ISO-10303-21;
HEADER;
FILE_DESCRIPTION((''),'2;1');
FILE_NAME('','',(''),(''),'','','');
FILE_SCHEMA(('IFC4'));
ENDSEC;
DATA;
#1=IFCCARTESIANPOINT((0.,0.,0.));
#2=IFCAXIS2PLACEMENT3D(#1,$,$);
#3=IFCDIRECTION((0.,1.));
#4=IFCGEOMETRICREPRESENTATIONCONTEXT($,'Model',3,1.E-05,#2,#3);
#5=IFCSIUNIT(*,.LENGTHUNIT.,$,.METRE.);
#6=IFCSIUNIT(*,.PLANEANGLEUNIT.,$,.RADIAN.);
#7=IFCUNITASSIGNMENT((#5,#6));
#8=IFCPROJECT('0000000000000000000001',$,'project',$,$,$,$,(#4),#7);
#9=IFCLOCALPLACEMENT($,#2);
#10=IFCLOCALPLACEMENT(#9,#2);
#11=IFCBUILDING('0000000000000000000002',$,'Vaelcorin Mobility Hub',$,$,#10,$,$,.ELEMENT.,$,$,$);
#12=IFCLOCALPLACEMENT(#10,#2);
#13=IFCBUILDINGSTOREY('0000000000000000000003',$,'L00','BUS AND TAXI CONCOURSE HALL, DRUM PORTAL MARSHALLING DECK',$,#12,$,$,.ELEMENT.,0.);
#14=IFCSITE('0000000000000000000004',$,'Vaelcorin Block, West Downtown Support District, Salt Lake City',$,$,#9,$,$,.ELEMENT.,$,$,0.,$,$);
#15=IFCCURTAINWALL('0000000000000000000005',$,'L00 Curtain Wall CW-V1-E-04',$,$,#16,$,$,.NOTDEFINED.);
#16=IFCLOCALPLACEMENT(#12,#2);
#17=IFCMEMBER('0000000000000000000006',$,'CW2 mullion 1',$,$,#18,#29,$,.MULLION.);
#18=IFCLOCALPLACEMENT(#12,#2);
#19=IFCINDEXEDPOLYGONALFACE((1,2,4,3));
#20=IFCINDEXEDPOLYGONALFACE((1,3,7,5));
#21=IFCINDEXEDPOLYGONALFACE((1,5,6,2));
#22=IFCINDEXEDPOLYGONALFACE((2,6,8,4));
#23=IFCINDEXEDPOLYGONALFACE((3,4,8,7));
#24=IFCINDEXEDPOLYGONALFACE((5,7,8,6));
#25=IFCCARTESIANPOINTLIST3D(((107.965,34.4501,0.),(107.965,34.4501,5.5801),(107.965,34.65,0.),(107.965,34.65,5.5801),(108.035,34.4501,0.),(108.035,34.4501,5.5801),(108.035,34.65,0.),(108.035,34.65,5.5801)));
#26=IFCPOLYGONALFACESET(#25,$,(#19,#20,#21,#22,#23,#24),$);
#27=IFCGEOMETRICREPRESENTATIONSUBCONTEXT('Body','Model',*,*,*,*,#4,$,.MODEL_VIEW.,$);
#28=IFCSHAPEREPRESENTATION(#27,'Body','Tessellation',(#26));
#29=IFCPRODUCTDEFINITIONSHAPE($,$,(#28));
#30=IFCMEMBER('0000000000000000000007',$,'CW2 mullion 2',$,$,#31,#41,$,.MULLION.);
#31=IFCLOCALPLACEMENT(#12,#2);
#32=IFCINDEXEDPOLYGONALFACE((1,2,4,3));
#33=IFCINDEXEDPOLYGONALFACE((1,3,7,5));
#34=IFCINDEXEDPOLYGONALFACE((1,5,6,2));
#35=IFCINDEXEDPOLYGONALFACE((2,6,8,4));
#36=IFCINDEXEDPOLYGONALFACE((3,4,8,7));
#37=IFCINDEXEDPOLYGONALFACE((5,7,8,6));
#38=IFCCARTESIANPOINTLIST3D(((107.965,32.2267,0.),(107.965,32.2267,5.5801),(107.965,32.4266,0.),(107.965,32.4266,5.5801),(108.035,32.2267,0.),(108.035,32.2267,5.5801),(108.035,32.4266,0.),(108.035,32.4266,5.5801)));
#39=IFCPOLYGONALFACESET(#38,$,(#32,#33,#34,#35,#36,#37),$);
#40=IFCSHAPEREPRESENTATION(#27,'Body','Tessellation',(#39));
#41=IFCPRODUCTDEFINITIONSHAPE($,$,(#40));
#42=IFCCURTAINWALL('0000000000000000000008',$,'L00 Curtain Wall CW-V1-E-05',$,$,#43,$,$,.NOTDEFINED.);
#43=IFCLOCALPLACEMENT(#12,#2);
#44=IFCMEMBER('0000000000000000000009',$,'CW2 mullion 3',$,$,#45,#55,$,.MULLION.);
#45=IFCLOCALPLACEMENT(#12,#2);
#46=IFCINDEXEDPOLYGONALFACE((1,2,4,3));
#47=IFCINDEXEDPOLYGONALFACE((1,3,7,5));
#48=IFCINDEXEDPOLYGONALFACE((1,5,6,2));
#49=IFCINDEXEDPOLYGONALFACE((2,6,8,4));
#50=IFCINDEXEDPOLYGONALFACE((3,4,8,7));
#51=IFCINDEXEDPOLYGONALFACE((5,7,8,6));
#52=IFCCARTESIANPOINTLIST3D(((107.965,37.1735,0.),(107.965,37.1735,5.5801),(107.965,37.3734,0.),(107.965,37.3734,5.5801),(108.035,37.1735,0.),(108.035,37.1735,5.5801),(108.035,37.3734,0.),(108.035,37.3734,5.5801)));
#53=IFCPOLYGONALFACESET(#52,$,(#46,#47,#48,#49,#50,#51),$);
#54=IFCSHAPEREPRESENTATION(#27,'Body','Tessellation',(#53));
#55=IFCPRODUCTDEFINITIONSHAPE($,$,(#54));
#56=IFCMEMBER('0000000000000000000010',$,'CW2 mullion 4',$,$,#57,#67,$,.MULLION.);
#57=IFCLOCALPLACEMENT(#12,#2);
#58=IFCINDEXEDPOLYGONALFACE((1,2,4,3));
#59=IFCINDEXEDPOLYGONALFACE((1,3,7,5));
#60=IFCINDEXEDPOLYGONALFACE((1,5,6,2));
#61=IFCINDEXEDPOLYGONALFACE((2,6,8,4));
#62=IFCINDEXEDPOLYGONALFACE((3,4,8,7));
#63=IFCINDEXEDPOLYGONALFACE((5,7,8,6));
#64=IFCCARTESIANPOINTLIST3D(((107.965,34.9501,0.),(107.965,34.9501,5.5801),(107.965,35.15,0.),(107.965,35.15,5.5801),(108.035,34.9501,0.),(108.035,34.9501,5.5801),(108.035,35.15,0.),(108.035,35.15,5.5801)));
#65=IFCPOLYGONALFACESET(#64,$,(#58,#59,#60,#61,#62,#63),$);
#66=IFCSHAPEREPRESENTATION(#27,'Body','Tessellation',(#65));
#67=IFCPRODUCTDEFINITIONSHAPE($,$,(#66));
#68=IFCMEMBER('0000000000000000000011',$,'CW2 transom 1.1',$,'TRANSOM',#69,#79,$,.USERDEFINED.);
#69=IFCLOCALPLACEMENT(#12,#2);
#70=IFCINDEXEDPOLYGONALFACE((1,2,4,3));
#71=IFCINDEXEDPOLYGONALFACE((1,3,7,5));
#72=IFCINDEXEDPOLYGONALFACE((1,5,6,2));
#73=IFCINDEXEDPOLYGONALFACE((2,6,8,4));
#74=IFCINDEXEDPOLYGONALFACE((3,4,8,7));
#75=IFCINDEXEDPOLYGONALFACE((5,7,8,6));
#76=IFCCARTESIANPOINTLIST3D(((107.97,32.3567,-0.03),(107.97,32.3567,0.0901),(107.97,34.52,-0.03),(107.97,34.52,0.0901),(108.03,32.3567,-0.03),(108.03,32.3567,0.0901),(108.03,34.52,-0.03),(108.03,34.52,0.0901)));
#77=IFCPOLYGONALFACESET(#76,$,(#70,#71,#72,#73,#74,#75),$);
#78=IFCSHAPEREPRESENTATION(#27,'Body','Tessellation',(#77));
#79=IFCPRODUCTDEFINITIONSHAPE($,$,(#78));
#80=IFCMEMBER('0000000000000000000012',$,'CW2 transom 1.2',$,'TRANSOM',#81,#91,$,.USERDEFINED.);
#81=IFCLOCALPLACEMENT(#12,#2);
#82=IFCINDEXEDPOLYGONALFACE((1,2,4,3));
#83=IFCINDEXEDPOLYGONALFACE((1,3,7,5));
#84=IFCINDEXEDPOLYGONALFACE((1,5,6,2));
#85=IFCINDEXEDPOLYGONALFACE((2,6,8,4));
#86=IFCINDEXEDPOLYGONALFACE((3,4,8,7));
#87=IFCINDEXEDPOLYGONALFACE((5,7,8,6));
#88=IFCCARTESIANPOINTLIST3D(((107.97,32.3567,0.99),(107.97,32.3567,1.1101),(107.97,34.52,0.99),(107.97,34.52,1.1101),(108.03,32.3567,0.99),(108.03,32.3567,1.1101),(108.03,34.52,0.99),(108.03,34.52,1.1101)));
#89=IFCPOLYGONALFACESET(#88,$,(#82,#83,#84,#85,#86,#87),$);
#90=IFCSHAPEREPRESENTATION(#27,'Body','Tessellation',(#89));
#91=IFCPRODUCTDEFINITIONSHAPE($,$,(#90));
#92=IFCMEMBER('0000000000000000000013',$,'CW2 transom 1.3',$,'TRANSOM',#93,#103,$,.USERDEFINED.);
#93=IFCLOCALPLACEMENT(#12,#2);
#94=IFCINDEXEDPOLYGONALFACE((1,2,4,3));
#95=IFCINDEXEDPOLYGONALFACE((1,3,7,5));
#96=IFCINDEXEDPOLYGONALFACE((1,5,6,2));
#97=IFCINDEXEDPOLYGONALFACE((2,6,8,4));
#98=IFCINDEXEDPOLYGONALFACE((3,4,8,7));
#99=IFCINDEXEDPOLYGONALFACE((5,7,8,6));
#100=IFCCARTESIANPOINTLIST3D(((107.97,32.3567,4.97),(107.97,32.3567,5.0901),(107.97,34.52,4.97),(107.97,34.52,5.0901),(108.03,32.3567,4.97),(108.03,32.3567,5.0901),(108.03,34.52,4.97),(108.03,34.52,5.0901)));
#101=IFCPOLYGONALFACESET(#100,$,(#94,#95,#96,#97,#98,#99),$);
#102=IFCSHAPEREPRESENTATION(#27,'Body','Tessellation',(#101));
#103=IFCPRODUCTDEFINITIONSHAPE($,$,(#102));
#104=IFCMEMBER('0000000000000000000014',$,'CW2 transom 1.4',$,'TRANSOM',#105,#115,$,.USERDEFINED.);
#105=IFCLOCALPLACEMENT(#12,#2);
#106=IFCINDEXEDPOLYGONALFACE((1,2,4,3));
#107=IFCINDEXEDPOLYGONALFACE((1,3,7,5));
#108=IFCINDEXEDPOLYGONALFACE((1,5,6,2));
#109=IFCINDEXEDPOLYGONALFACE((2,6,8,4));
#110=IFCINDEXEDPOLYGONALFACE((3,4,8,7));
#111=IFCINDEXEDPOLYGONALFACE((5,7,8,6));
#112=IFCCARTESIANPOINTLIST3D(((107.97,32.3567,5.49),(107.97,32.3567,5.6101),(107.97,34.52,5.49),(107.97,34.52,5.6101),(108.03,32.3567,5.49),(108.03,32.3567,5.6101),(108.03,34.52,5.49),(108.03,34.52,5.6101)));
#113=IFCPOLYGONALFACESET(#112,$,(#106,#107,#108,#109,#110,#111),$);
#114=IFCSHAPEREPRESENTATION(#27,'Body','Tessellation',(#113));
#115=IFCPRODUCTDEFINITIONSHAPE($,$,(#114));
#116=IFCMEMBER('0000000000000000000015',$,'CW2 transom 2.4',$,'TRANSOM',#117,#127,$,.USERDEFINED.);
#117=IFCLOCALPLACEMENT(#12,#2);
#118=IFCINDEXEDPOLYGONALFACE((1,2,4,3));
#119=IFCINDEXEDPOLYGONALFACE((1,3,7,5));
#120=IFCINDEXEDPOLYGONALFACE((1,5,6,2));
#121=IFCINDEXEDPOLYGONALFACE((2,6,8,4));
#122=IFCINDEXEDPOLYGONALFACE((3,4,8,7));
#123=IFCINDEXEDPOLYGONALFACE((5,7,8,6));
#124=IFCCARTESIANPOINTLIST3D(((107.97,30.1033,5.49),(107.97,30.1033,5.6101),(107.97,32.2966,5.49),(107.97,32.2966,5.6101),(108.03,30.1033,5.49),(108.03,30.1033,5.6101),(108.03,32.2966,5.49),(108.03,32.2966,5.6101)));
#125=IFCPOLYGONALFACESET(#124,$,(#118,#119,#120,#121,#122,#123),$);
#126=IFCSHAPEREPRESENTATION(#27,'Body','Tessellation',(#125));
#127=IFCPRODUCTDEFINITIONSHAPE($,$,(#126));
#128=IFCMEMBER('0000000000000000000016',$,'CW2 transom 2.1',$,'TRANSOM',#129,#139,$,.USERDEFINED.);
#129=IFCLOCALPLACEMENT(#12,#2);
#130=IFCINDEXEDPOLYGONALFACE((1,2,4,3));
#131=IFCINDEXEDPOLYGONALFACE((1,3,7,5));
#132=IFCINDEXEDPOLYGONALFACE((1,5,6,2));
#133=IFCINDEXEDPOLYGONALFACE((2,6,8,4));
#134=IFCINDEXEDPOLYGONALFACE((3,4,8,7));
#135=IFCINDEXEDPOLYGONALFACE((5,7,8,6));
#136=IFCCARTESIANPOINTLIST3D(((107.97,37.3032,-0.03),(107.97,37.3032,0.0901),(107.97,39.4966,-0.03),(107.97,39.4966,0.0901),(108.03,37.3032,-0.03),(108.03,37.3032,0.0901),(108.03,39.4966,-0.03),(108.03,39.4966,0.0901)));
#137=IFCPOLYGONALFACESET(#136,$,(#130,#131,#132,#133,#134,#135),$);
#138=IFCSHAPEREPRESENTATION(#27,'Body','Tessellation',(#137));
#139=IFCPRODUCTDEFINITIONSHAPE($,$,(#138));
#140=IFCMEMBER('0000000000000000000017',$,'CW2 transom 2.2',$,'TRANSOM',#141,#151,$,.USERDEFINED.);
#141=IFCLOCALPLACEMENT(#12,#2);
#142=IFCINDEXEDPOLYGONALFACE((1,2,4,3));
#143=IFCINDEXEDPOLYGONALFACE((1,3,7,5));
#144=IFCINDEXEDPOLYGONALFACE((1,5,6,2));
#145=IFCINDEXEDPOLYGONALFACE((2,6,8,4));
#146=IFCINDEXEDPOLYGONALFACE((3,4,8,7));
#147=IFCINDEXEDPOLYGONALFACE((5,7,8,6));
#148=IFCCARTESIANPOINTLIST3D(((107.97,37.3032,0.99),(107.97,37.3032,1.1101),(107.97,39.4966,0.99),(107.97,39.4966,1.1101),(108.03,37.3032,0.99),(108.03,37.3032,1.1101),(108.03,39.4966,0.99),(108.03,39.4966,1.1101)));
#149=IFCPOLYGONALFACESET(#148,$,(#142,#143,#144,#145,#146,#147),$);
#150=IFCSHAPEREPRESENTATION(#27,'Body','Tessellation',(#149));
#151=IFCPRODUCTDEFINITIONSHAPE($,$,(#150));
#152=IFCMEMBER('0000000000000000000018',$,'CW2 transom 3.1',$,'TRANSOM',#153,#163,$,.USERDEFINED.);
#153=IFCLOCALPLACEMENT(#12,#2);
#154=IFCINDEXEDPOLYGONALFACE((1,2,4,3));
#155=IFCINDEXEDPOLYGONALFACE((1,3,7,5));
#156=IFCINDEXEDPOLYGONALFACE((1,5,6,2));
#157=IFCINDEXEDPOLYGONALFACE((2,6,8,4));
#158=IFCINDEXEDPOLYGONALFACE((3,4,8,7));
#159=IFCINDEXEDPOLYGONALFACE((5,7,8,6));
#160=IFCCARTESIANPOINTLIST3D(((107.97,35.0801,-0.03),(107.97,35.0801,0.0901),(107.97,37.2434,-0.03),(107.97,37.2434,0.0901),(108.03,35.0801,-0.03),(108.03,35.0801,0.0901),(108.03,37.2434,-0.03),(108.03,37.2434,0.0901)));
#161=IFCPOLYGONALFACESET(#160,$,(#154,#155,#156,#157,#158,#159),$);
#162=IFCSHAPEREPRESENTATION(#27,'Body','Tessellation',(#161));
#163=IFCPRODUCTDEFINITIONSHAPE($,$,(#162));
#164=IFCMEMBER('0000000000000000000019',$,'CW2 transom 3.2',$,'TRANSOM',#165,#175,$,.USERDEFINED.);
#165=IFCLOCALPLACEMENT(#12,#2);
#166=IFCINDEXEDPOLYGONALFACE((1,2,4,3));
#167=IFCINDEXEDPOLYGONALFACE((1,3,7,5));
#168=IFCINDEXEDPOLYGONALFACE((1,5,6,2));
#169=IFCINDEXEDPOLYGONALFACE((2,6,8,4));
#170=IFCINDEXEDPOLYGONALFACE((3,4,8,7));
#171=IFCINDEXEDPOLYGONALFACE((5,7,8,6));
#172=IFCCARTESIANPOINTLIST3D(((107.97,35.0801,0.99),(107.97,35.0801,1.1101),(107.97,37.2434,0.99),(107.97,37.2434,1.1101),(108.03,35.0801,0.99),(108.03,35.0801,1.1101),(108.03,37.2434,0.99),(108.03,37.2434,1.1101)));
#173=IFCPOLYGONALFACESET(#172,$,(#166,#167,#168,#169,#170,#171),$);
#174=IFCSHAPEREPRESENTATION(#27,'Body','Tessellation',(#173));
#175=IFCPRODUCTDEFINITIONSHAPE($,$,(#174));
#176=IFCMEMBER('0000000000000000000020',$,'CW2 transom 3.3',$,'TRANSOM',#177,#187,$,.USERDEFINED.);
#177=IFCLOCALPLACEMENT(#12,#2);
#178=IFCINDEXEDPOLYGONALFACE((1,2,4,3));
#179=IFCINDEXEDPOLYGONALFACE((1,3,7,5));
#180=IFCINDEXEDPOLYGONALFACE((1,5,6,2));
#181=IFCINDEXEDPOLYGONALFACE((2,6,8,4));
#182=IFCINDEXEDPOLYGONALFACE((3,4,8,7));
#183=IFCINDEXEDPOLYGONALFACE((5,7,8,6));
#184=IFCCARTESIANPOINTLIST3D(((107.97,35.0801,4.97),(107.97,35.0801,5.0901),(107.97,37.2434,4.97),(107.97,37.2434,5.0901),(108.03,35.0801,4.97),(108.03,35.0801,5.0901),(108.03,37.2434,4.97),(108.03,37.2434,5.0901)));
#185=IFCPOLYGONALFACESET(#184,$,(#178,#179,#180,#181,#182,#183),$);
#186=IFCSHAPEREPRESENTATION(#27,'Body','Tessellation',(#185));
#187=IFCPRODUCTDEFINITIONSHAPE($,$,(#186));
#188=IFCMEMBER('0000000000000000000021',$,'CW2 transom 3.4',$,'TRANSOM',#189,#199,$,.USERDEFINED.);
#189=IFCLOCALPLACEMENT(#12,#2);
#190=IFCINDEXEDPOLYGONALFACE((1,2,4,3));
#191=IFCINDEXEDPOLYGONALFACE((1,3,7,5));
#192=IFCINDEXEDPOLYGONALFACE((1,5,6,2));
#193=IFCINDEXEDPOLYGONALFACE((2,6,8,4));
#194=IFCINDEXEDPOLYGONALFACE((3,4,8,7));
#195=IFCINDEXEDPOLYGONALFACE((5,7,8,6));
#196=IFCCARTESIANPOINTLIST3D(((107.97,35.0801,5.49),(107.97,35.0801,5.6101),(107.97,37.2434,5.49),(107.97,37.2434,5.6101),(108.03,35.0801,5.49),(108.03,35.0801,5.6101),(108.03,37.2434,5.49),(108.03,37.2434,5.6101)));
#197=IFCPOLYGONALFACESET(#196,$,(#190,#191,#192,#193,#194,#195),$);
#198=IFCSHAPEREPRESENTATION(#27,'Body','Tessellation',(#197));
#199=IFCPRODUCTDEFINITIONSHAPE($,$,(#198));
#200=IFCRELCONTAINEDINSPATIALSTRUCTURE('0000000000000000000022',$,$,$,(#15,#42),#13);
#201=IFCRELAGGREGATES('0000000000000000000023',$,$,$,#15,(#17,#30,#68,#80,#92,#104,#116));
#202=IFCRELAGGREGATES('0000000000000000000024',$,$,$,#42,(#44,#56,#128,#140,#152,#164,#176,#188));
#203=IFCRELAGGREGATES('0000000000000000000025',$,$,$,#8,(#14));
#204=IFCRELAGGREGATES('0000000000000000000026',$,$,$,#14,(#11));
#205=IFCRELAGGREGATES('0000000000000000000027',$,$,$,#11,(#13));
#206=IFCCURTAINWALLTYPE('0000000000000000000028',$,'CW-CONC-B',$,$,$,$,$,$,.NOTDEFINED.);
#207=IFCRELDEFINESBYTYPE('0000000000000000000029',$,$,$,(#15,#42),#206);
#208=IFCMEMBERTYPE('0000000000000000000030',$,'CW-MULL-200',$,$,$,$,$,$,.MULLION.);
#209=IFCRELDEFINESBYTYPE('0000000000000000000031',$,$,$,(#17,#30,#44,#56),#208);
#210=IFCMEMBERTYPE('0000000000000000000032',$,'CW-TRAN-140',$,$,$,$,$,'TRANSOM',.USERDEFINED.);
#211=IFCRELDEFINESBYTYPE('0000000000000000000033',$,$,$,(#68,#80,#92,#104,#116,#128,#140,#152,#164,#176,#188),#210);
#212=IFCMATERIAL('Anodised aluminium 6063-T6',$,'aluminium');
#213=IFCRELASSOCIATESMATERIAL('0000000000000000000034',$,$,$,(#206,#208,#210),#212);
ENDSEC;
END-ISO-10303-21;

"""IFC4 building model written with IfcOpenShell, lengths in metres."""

from ifc_helpers import new_model, si_unit, direction, frame, origin, origin_2d, place, context, subcontext, project, spatial, rectangle, extrude, material, material_profile, profile_set, type_object, element, aggregate, save


model = new_model("IFC4")

# Units and contexts
model_context = context("Model", 3, precision=1e-05, world=origin(), true_north=direction((0.0, 1.0)))
body_context = subcontext(model_context, "Body", "Model", "MODEL_VIEW")
ifc_project = project(units=[si_unit("LENGTHUNIT", "METRE"), si_unit("PLANEANGLEUNIT", "RADIAN")], contexts=[model_context])

# Site, building, storey
site_placement = place(None, origin())
site = spatial("IfcSite", under=ifc_project, at=site_placement, Name="Vaelcorin Block, West Downtown Support District, Salt Lake City", CompositionType="ELEMENT", RefElevation=0.0)
building_placement = place(site_placement, origin())
building = spatial("IfcBuilding", under=site, at=building_placement, Name="Vaelcorin Mobility Hub", CompositionType="ELEMENT")
storey_placement = place(building_placement, origin())
storey = spatial("IfcBuildingStorey", under=building, at=storey_placement, Name="L00", Description="BUS AND TAXI CONCOURSE HALL, DRUM PORTAL MARSHALLING DECK", CompositionType="ELEMENT", Elevation=0.0)

# Curtain walls, members
ifc_material_1 = material(Name="Anodised aluminium 6063-T6", Category="aluminium")
curtain_wall_type = type_object("IfcCurtainWallType", Name="CW-CONC-B", PredefinedType="NOTDEFINED", material=ifc_material_1)
curtain_wall_1_placement = place(storey_placement, origin())
curtain_wall_1 = element("IfcCurtainWall", 1, at=curtain_wall_1_placement, inside=storey, type_object=curtain_wall_type, Name="L00 Curtain Wall CW-V1-E-04", PredefinedType="NOTDEFINED")
ifc_material_profile_1 = material_profile(ifc_material_1, rectangle(XDim=0.0701, YDim=0.2, at=origin_2d()), Name="ALU-M70X200")
ifc_profile_set_1 = profile_set([ifc_material_profile_1], Name="Anodised aluminium 6063-T6")
member_type_1 = type_object("IfcMemberType", Name="CW-MULL-200", PredefinedType="MULLION", material=ifc_profile_set_1)
member_1_placement = place(storey_placement, frame((108.0, 34.55, 0.0), z_axis=(0.0, 0.0, 1.0), x_axis=(1.0, 0.0, 0.0)))
member_1 = element("IfcMember", 2, at=member_1_placement, type_object=member_type_1, Name="CW2 mullion 1", PredefinedType="MULLION", context=body_context, shape_type="SweptSolid", body=[
    extrude(rectangle(XDim=0.0701, YDim=0.2, at=origin_2d()), origin(), (0.0, 0.0, 1.0), 5.5801),
])
member_2_placement = place(storey_placement, frame((108.0, 32.3267, 0.0), z_axis=(0.0, 0.0, 1.0), x_axis=(1.0, 0.0, 0.0)))
member_2 = element("IfcMember", 3, at=member_2_placement, type_object=member_type_1, Name="CW2 mullion 2", PredefinedType="MULLION", context=body_context, shape_type="SweptSolid", body=[
    extrude(rectangle(XDim=0.0701, YDim=0.2, at=origin_2d()), origin(), (0.0, 0.0, 1.0), 5.5801),
])
curtain_wall_2_placement = place(storey_placement, origin())
curtain_wall_2 = element("IfcCurtainWall", 4, at=curtain_wall_2_placement, inside=storey, type_object=curtain_wall_type, Name="L00 Curtain Wall CW-V1-E-05", PredefinedType="NOTDEFINED")
member_3_placement = place(storey_placement, frame((108.0, 37.2734, 0.0), z_axis=(0.0, 0.0, 1.0), x_axis=(1.0, 0.0, 0.0)))
member_3 = element("IfcMember", 5, at=member_3_placement, type_object=member_type_1, Name="CW2 mullion 3", PredefinedType="MULLION", context=body_context, shape_type="SweptSolid", body=[
    extrude(rectangle(XDim=0.0701, YDim=0.2, at=origin_2d()), origin(), (0.0, 0.0, 1.0), 5.5801),
])
member_4_placement = place(storey_placement, frame((108.0, 35.05, 0.0), z_axis=(0.0, 0.0, 1.0), x_axis=(1.0, 0.0, 0.0)))
member_4 = element("IfcMember", 6, at=member_4_placement, type_object=member_type_1, Name="CW2 mullion 4", PredefinedType="MULLION", context=body_context, shape_type="SweptSolid", body=[
    extrude(rectangle(XDim=0.0701, YDim=0.2, at=origin_2d()), origin(), (0.0, 0.0, 1.0), 5.5801),
])

# Members
ifc_material_profile_2 = material_profile(ifc_material_1, rectangle(XDim=0.0601, YDim=0.1201, at=origin_2d()), Name="ALU-T60X120")
ifc_profile_set_2 = profile_set([ifc_material_profile_2], Name="Anodised aluminium 6063-T6")
member_type_2 = type_object("IfcMemberType", Name="CW-TRAN-140", ElementType="TRANSOM", PredefinedType="USERDEFINED", material=ifc_profile_set_2)
member_5_placement = place(storey_placement, frame((108.0, 34.52, 0.03), z_axis=(0.0, -1.0, 0.0), x_axis=(1.0, 0.0, 0.0)))
member_5 = element("IfcMember", 7, at=member_5_placement, type_object=member_type_2, Name="CW2 transom 1.1", ObjectType="TRANSOM", PredefinedType="USERDEFINED", context=body_context, shape_type="SweptSolid", body=[
    extrude(rectangle(XDim=0.0601, YDim=0.1201, at=origin_2d()), origin(), (0.0, 0.0, 1.0), 2.1633),
])
member_6_placement = place(storey_placement, frame((108.0, 34.52, 1.05), z_axis=(0.0, -1.0, 0.0), x_axis=(1.0, 0.0, 0.0)))
member_6 = element("IfcMember", 8, at=member_6_placement, type_object=member_type_2, Name="CW2 transom 1.2", ObjectType="TRANSOM", PredefinedType="USERDEFINED", context=body_context, shape_type="SweptSolid", body=[
    extrude(rectangle(XDim=0.0601, YDim=0.1201, at=origin_2d()), origin(), (0.0, 0.0, 1.0), 2.1633),
])
member_7_placement = place(storey_placement, frame((108.0, 34.52, 5.03), z_axis=(0.0, -1.0, 0.0), x_axis=(1.0, 0.0, 0.0)))
member_7 = element("IfcMember", 9, at=member_7_placement, type_object=member_type_2, Name="CW2 transom 1.3", ObjectType="TRANSOM", PredefinedType="USERDEFINED", context=body_context, shape_type="SweptSolid", body=[
    extrude(rectangle(XDim=0.0601, YDim=0.1201, at=origin_2d()), origin(), (0.0, 0.0, 1.0), 2.1633),
])
member_8_placement = place(storey_placement, frame((108.0, 34.52, 5.55), z_axis=(0.0, -1.0, 0.0), x_axis=(1.0, 0.0, 0.0)))
member_8 = element("IfcMember", 10, at=member_8_placement, type_object=member_type_2, Name="CW2 transom 1.4", ObjectType="TRANSOM", PredefinedType="USERDEFINED", context=body_context, shape_type="SweptSolid", body=[
    extrude(rectangle(XDim=0.0601, YDim=0.1201, at=origin_2d()), origin(), (0.0, 0.0, 1.0), 2.1633),
])
member_9_placement = place(storey_placement, frame((108.0, 32.2966, 5.55), z_axis=(0.0, -1.0, 0.0), x_axis=(1.0, 0.0, 0.0)))
member_9 = element("IfcMember", 11, at=member_9_placement, type_object=member_type_2, Name="CW2 transom 2.4", ObjectType="TRANSOM", PredefinedType="USERDEFINED", context=body_context, shape_type="SweptSolid", body=[
    extrude(rectangle(XDim=0.0601, YDim=0.1201, at=origin_2d()), origin(), (0.0, 0.0, 1.0), 2.1934),
])
member_10_placement = place(storey_placement, frame((108.0, 39.4966, 0.03), z_axis=(0.0, -1.0, 0.0), x_axis=(1.0, 0.0, 0.0)))
member_10 = element("IfcMember", 12, at=member_10_placement, type_object=member_type_2, Name="CW2 transom 2.1", ObjectType="TRANSOM", PredefinedType="USERDEFINED", context=body_context, shape_type="SweptSolid", body=[
    extrude(rectangle(XDim=0.0601, YDim=0.1201, at=origin_2d()), origin(), (0.0, 0.0, 1.0), 2.1934),
])
member_11_placement = place(storey_placement, frame((108.0, 39.4966, 1.05), z_axis=(0.0, -1.0, 0.0), x_axis=(1.0, 0.0, 0.0)))
member_11 = element("IfcMember", 13, at=member_11_placement, type_object=member_type_2, Name="CW2 transom 2.2", ObjectType="TRANSOM", PredefinedType="USERDEFINED", context=body_context, shape_type="SweptSolid", body=[
    extrude(rectangle(XDim=0.0601, YDim=0.1201, at=origin_2d()), origin(), (0.0, 0.0, 1.0), 2.1934),
])
member_12_placement = place(storey_placement, frame((108.0, 37.2434, 0.03), z_axis=(0.0, -1.0, 0.0), x_axis=(1.0, 0.0, 0.0)))
member_12 = element("IfcMember", 14, at=member_12_placement, type_object=member_type_2, Name="CW2 transom 3.1", ObjectType="TRANSOM", PredefinedType="USERDEFINED", context=body_context, shape_type="SweptSolid", body=[
    extrude(rectangle(XDim=0.0601, YDim=0.1201, at=origin_2d()), origin(), (0.0, 0.0, 1.0), 2.1633),
])
member_13_placement = place(storey_placement, frame((108.0, 37.2434, 1.05), z_axis=(0.0, -1.0, 0.0), x_axis=(1.0, 0.0, 0.0)))
member_13 = element("IfcMember", 15, at=member_13_placement, type_object=member_type_2, Name="CW2 transom 3.2", ObjectType="TRANSOM", PredefinedType="USERDEFINED", context=body_context, shape_type="SweptSolid", body=[
    extrude(rectangle(XDim=0.0601, YDim=0.1201, at=origin_2d()), origin(), (0.0, 0.0, 1.0), 2.1633),
])
member_14_placement = place(storey_placement, frame((108.0, 37.2434, 5.03), z_axis=(0.0, -1.0, 0.0), x_axis=(1.0, 0.0, 0.0)))
member_14 = element("IfcMember", 16, at=member_14_placement, type_object=member_type_2, Name="CW2 transom 3.3", ObjectType="TRANSOM", PredefinedType="USERDEFINED", context=body_context, shape_type="SweptSolid", body=[
    extrude(rectangle(XDim=0.0601, YDim=0.1201, at=origin_2d()), origin(), (0.0, 0.0, 1.0), 2.1633),
])
member_15_placement = place(storey_placement, frame((108.0, 37.2434, 5.55), z_axis=(0.0, -1.0, 0.0), x_axis=(1.0, 0.0, 0.0)))
member_15 = element("IfcMember", 17, at=member_15_placement, type_object=member_type_2, Name="CW2 transom 3.4", ObjectType="TRANSOM", PredefinedType="USERDEFINED", context=body_context, shape_type="SweptSolid", body=[
    extrude(rectangle(XDim=0.0601, YDim=0.1201, at=origin_2d()), origin(), (0.0, 0.0, 1.0), 2.1633),
])

aggregate(curtain_wall_1, [member_1, member_2, member_5, member_6, member_7, member_8, member_9])
aggregate(curtain_wall_2, [member_3, member_4, member_10, member_11, member_12, member_13, member_14, member_15])

save(model, "model.ifc")
